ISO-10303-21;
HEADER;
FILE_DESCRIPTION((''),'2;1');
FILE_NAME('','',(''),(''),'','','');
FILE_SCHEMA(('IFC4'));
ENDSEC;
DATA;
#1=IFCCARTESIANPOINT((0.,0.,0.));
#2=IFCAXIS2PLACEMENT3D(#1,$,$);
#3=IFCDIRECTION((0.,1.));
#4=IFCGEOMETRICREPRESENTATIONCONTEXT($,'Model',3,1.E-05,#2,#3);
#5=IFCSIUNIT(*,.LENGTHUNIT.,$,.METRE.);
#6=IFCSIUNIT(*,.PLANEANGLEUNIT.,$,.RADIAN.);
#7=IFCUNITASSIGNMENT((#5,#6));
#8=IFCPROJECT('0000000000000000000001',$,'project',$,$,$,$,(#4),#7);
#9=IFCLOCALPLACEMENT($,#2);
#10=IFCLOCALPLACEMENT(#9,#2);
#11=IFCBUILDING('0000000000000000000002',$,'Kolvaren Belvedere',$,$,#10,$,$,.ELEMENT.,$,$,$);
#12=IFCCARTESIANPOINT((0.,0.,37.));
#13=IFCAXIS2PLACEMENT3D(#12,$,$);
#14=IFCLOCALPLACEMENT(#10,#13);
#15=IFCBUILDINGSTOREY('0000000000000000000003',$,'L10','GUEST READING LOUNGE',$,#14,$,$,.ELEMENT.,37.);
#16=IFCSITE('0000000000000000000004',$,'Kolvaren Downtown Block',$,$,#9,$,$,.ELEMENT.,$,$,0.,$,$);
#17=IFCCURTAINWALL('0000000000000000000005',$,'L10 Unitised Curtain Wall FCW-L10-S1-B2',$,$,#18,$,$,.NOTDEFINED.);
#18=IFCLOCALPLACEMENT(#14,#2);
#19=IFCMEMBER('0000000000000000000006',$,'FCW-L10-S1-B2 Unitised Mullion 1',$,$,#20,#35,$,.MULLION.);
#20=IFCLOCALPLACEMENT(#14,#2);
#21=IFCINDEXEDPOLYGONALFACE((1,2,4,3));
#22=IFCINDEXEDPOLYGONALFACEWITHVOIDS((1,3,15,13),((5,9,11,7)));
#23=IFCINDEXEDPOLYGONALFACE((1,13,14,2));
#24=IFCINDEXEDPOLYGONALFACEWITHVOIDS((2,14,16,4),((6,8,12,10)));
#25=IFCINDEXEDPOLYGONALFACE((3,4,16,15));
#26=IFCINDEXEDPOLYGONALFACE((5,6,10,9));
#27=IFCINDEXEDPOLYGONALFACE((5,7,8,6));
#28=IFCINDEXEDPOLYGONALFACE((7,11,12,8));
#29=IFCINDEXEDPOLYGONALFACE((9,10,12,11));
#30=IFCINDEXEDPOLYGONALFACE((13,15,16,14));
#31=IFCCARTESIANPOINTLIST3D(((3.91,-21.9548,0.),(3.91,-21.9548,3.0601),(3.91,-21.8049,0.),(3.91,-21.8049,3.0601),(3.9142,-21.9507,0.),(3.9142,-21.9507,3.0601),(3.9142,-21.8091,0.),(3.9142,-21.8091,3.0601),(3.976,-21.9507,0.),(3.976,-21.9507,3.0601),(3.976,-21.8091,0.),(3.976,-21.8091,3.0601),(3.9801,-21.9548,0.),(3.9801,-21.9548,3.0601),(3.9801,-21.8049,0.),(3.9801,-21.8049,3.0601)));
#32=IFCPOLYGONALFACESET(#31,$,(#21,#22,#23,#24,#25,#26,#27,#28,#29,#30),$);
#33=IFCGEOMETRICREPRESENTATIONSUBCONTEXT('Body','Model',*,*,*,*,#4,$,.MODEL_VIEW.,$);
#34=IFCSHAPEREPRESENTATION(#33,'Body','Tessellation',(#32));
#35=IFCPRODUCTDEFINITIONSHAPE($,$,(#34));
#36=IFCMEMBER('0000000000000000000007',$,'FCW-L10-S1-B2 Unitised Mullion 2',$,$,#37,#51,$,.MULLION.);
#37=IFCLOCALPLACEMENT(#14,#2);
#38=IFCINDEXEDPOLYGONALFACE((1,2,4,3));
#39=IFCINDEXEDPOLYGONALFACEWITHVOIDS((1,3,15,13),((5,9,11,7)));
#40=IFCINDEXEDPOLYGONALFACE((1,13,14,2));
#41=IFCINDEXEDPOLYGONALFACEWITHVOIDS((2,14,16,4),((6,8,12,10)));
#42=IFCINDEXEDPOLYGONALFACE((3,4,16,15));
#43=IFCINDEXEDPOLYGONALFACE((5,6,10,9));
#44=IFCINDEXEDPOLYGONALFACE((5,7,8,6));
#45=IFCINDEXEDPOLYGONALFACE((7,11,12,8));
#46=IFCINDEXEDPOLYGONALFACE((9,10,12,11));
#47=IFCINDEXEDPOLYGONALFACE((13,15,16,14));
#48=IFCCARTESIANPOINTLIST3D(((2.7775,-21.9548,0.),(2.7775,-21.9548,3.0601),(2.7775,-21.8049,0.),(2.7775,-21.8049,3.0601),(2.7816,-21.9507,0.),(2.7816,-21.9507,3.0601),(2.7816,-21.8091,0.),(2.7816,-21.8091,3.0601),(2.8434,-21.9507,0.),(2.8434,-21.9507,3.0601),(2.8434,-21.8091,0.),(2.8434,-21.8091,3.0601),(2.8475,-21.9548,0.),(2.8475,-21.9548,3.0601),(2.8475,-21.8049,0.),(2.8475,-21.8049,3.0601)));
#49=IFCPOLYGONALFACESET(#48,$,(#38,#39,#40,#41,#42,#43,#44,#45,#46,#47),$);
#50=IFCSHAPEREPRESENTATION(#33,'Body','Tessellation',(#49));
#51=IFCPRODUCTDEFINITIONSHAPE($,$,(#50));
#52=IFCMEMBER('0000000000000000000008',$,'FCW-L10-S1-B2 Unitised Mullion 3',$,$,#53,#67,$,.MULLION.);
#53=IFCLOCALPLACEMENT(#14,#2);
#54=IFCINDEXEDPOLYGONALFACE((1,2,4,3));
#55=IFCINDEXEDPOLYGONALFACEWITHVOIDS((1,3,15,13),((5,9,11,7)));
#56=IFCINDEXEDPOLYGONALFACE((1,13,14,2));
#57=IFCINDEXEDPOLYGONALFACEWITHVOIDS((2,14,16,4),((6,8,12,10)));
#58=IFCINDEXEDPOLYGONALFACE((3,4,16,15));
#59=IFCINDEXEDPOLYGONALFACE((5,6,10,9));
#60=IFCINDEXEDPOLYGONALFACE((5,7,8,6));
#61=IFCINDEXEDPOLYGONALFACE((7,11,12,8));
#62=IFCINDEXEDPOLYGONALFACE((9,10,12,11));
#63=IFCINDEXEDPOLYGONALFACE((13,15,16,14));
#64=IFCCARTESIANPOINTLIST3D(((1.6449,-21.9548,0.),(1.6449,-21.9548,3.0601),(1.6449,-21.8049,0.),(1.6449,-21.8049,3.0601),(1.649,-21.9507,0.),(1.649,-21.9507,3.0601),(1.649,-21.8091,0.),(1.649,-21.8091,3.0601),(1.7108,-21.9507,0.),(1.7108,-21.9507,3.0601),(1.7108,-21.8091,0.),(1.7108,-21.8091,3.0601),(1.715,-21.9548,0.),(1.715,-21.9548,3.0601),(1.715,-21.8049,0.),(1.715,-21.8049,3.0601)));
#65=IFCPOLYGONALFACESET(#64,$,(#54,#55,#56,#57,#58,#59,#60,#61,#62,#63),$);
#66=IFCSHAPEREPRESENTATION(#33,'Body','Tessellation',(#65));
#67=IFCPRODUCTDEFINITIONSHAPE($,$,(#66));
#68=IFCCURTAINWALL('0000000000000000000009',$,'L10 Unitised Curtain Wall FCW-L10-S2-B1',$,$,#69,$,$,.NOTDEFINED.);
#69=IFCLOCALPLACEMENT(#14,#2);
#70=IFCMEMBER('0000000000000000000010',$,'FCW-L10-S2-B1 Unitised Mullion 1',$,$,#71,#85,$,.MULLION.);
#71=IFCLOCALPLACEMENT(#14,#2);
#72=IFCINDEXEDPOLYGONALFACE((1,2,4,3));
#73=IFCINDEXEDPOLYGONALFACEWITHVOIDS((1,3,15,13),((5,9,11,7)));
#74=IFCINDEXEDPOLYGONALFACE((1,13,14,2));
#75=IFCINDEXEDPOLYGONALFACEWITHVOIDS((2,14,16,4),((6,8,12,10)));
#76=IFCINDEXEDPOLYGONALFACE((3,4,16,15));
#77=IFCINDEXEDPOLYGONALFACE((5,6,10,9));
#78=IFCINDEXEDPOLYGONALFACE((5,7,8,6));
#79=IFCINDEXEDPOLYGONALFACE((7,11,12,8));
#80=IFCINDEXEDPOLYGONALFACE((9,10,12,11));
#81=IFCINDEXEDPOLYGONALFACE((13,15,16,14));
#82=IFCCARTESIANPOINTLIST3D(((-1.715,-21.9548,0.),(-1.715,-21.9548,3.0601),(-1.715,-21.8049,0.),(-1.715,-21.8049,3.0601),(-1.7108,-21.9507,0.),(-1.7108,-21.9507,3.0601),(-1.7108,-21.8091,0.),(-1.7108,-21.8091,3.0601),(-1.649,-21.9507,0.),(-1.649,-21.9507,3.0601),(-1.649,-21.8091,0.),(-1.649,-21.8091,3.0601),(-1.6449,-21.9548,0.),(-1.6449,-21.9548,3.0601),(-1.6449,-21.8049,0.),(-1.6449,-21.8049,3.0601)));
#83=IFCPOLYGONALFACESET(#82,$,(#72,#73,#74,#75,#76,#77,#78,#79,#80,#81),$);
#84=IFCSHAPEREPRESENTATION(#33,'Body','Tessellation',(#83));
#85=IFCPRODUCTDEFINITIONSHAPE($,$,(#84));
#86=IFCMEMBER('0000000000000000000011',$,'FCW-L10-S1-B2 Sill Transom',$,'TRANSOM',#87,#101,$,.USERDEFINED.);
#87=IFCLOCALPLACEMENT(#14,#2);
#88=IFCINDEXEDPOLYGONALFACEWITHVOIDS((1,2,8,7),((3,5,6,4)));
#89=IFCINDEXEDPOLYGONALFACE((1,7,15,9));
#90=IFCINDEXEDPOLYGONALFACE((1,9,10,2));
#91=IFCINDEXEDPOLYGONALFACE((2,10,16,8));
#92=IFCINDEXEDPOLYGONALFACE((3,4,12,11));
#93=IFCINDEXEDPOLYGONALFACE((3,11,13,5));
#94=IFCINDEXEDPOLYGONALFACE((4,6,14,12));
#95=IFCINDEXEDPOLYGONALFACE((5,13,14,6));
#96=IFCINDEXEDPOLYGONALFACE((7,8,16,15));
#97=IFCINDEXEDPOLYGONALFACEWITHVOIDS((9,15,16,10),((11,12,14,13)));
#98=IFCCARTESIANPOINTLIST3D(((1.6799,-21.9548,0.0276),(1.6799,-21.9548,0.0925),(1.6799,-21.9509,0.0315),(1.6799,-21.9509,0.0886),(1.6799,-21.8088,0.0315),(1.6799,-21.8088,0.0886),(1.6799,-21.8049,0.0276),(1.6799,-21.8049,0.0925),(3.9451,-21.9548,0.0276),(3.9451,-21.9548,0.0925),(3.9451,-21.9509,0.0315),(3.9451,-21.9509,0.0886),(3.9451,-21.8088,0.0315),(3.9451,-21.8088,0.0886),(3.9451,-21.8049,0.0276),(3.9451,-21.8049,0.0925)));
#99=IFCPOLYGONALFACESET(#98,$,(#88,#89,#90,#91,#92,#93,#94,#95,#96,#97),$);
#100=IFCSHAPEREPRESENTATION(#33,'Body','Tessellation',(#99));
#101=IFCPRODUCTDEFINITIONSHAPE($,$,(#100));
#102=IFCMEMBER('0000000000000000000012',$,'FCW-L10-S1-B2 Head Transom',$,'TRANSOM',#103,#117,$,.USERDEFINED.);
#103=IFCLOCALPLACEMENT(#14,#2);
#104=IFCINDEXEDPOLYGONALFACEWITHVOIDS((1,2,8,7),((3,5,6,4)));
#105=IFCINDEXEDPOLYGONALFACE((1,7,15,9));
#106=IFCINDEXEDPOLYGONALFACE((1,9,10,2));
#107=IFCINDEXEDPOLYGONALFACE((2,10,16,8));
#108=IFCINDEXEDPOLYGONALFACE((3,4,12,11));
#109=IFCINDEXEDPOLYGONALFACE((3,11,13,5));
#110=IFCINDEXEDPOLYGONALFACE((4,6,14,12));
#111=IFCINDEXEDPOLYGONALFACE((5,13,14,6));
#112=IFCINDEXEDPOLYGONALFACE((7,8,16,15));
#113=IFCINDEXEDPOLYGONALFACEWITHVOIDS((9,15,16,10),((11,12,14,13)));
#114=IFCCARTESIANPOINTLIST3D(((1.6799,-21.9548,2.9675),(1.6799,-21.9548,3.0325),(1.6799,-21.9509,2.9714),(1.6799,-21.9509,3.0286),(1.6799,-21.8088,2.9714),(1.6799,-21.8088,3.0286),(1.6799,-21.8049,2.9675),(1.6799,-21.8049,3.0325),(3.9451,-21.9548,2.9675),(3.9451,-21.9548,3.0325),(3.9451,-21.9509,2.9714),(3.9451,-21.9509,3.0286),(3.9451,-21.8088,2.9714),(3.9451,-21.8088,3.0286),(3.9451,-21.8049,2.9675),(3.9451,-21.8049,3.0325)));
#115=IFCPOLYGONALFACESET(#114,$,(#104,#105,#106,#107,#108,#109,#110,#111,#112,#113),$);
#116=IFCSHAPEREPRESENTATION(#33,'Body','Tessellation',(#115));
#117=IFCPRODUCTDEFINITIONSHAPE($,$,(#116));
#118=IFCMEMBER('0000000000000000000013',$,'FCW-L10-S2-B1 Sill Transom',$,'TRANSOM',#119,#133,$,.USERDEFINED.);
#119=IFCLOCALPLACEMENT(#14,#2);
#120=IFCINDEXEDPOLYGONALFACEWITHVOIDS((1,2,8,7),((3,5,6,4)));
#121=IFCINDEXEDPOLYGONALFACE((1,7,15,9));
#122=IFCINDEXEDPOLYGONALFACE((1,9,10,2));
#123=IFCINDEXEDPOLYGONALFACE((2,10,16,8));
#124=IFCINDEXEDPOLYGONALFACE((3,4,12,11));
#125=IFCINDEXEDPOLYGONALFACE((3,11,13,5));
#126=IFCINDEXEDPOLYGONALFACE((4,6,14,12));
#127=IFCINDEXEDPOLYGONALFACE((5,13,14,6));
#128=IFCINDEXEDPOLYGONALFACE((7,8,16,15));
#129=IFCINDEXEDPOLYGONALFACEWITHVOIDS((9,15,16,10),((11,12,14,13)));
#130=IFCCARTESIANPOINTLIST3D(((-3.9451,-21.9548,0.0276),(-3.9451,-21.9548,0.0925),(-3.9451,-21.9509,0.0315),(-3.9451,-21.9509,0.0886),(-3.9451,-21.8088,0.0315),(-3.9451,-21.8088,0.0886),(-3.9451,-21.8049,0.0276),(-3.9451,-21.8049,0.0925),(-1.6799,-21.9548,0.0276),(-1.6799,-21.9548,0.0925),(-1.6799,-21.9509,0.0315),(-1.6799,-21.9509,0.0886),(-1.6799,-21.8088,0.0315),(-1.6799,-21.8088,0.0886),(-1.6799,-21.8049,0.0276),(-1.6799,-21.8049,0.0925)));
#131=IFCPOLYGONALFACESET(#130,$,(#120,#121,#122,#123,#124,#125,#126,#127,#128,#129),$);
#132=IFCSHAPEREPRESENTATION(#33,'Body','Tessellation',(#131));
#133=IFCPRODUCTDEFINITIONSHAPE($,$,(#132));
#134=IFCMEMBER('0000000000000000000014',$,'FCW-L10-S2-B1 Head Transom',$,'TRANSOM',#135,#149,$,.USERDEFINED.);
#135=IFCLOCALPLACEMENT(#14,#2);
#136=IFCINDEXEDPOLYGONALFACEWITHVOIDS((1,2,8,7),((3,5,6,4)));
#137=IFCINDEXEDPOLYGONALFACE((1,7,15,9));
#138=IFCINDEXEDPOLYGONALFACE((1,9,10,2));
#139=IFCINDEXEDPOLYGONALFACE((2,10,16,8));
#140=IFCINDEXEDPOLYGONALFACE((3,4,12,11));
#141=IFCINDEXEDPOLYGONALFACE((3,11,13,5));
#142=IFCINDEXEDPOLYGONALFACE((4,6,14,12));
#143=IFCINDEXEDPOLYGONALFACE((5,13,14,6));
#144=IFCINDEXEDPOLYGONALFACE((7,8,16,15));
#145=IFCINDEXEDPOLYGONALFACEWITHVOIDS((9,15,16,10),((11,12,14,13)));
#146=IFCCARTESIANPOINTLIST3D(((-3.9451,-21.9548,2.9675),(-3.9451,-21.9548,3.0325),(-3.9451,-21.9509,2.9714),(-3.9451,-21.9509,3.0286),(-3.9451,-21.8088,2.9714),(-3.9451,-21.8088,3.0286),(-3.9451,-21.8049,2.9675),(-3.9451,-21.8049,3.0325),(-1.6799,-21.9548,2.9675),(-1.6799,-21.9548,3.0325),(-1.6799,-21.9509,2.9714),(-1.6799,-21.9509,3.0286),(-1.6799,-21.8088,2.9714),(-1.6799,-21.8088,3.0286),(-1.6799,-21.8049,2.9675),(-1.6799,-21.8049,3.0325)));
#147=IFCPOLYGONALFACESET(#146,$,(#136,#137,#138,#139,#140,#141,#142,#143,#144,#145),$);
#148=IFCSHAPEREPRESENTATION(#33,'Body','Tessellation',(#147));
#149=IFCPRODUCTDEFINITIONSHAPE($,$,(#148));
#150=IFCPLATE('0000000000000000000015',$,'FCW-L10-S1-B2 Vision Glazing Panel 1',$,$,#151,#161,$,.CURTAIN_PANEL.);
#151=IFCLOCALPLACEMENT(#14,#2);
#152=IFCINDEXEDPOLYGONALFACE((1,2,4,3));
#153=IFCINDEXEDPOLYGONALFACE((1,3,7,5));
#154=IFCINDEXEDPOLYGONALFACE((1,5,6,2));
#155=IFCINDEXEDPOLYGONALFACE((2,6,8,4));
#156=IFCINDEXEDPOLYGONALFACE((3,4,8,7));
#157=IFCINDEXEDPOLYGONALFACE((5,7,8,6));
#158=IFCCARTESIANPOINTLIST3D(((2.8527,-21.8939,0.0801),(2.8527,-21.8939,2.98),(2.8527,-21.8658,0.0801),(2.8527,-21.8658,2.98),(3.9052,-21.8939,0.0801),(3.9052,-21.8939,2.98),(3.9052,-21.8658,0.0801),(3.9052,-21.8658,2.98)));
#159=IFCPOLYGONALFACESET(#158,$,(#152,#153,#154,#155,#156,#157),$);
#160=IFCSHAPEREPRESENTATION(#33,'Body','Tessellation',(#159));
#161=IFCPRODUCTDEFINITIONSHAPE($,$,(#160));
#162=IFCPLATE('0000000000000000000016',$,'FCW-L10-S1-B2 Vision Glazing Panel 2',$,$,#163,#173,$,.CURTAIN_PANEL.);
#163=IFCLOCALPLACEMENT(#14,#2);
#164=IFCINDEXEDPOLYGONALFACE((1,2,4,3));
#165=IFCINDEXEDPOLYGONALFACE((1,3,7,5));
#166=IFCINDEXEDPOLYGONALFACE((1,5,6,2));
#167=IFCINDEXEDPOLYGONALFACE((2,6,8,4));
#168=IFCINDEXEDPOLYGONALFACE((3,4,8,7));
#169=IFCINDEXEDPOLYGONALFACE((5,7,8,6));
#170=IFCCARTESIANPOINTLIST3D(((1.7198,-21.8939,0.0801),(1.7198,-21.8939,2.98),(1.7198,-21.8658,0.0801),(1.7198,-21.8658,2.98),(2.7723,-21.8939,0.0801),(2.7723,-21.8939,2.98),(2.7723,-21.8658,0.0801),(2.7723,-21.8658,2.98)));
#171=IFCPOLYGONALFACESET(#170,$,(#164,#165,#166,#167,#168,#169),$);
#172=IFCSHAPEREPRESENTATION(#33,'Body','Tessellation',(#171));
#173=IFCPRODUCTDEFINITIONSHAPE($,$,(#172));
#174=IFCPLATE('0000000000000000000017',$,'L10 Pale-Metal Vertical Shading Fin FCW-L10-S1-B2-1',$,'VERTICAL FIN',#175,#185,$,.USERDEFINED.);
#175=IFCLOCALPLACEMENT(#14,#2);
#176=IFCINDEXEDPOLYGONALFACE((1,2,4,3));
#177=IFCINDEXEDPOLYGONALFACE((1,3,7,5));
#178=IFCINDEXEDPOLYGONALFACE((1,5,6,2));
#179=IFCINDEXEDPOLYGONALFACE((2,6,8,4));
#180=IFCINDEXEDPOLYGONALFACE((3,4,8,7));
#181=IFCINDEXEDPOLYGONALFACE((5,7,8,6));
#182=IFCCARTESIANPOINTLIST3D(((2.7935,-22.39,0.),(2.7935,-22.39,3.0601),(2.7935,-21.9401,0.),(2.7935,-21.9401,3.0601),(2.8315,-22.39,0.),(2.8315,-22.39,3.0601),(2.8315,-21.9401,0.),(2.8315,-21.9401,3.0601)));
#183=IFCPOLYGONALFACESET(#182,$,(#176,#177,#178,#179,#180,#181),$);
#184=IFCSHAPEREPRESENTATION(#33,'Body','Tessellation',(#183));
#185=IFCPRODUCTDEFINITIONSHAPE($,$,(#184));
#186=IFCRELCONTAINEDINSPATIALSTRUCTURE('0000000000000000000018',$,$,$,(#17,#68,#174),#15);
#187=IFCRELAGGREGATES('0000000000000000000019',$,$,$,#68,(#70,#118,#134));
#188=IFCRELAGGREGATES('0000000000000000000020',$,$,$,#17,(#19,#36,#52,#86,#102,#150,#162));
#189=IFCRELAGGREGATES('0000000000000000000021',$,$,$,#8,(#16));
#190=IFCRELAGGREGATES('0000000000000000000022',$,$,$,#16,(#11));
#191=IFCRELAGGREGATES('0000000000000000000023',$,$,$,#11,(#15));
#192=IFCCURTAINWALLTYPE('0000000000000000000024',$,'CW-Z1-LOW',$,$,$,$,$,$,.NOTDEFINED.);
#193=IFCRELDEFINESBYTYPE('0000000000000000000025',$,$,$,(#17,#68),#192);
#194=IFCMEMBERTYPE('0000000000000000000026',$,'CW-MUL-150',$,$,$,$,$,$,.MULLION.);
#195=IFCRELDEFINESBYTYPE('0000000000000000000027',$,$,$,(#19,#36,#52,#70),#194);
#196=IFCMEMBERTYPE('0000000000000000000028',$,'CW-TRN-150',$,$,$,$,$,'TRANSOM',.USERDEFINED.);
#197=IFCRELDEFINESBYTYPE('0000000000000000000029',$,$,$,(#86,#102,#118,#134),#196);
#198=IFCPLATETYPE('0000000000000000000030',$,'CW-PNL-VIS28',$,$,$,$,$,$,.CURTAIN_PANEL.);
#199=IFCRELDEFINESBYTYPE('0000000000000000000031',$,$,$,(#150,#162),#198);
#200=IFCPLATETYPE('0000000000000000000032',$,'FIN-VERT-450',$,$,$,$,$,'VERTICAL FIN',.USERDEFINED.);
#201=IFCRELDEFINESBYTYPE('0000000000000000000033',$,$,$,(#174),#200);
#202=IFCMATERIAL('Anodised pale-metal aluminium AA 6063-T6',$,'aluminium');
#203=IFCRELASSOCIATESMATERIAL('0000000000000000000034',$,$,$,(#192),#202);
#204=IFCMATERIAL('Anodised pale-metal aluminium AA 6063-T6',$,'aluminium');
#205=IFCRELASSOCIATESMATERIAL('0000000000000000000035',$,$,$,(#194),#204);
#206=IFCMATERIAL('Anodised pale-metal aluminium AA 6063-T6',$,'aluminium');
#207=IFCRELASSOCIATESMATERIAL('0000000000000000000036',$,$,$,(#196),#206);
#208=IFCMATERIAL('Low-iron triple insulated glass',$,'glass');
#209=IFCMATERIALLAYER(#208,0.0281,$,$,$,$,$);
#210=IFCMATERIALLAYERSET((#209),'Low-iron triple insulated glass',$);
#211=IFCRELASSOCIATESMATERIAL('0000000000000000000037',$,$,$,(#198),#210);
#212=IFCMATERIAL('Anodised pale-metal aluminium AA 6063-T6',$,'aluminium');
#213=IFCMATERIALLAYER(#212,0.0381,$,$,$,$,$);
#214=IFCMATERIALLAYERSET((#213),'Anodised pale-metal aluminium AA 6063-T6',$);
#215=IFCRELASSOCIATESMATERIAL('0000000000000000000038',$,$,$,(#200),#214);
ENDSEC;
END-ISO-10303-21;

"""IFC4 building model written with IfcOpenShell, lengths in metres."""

from ifc_helpers import new_model, si_unit, direction, frame, origin, origin_2d, place, context, subcontext, project, spatial, rectangle, hollow_rectangle, extrude, material, layer, layer_set, material_profile, profile_set, type_object, element, aggregate, save


model = new_model("IFC4")

# Units and contexts
model_context = context("Model", 3, precision=1e-05, world=origin(), true_north=direction((0.0, 1.0)))
body_context = subcontext(model_context, "Body", "Model", "MODEL_VIEW")
ifc_project = project(units=[si_unit("LENGTHUNIT", "METRE"), si_unit("PLANEANGLEUNIT", "RADIAN")], contexts=[model_context])

# Site, building, storey
site_placement = place(None, origin())
site = spatial("IfcSite", under=ifc_project, at=site_placement, Name="Kolvaren Downtown Block", CompositionType="ELEMENT", RefElevation=0.0)
building_placement = place(site_placement, origin())
building = spatial("IfcBuilding", under=site, at=building_placement, Name="Kolvaren Belvedere", CompositionType="ELEMENT")
storey_placement = place(building_placement, frame((0.0, 0.0, 37.0)))
storey = spatial("IfcBuildingStorey", under=building, at=storey_placement, Name="L10", Description="GUEST READING LOUNGE", CompositionType="ELEMENT", Elevation=37.0)

# Curtain wall, members
ifc_material_1 = material(Name="Anodised pale-metal aluminium AA 6063-T6", Category="aluminium")
curtain_wall_type = type_object("IfcCurtainWallType", Name="CW-Z1-LOW", PredefinedType="NOTDEFINED", material=ifc_material_1)
curtain_wall_1_placement = place(storey_placement, origin())
curtain_wall_1 = element("IfcCurtainWall", 1, at=curtain_wall_1_placement, inside=storey, type_object=curtain_wall_type, Name="L10 Unitised Curtain Wall FCW-L10-S1-B2", PredefinedType="NOTDEFINED")
ifc_material_2 = material(Name="Anodised pale-metal aluminium AA 6063-T6", Category="aluminium")
ifc_material_profile_1 = material_profile(ifc_material_2, hollow_rectangle(XDim=0.0701, YDim=0.1499, WallThickness=0.0042, at=origin_2d()), Name="ALU-MUL-150X70")
ifc_profile_set_1 = profile_set([ifc_material_profile_1], Name="Anodised pale-metal aluminium AA 6063-T6")
member_type_1 = type_object("IfcMemberType", Name="CW-MUL-150", PredefinedType="MULLION", material=ifc_profile_set_1)
member_1_placement = place(storey_placement, frame((3.9451, -21.8799, 0.0), z_axis=(0.0, 0.0, 1.0), x_axis=(1.0, 0.0, 0.0)))
member_1 = element("IfcMember", 2, at=member_1_placement, type_object=member_type_1, Name="FCW-L10-S1-B2 Unitised Mullion 1", PredefinedType="MULLION", context=body_context, shape_type="SweptSolid", body=[
    extrude(hollow_rectangle(XDim=0.0701, YDim=0.1499, WallThickness=0.0042, at=origin_2d()), origin(), (0.0, 0.0, 1.0), 3.0601),
])
member_2_placement = place(storey_placement, frame((2.8125, -21.8799, 0.0), z_axis=(0.0, 0.0, 1.0), x_axis=(1.0, 0.0, 0.0)))
member_2 = element("IfcMember", 3, at=member_2_placement, type_object=member_type_1, Name="FCW-L10-S1-B2 Unitised Mullion 2", PredefinedType="MULLION", context=body_context, shape_type="SweptSolid", body=[
    extrude(hollow_rectangle(XDim=0.0701, YDim=0.1499, WallThickness=0.0042, at=origin_2d()), origin(), (0.0, 0.0, 1.0), 3.0601),
])
member_3_placement = place(storey_placement, frame((1.6799, -21.8799, 0.0), z_axis=(0.0, 0.0, 1.0), x_axis=(1.0, 0.0, 0.0)))
member_3 = element("IfcMember", 4, at=member_3_placement, type_object=member_type_1, Name="FCW-L10-S1-B2 Unitised Mullion 3", PredefinedType="MULLION", context=body_context, shape_type="SweptSolid", body=[
    extrude(hollow_rectangle(XDim=0.0701, YDim=0.1499, WallThickness=0.0042, at=origin_2d()), origin(), (0.0, 0.0, 1.0), 3.0601),
])

# Curtain wall, member
curtain_wall_2_placement = place(storey_placement, origin())
curtain_wall_2 = element("IfcCurtainWall", 5, at=curtain_wall_2_placement, inside=storey, type_object=curtain_wall_type, Name="L10 Unitised Curtain Wall FCW-L10-S2-B1", PredefinedType="NOTDEFINED")
member_4_placement = place(storey_placement, frame((-1.6799, -21.8799, 0.0), z_axis=(0.0, 0.0, 1.0), x_axis=(1.0, 0.0, 0.0)))
member_4 = element("IfcMember", 6, at=member_4_placement, type_object=member_type_1, Name="FCW-L10-S2-B1 Unitised Mullion 1", PredefinedType="MULLION", context=body_context, shape_type="SweptSolid", body=[
    extrude(hollow_rectangle(XDim=0.0701, YDim=0.1499, WallThickness=0.0042, at=origin_2d()), origin(), (0.0, 0.0, 1.0), 3.0601),
])

# Members
ifc_material_3 = material(Name="Anodised pale-metal aluminium AA 6063-T6", Category="aluminium")
ifc_material_profile_2 = material_profile(ifc_material_3, hollow_rectangle(XDim=0.0649, YDim=0.1499, WallThickness=0.0039, at=origin_2d()), Name="ALU-TRN-150X65")
ifc_profile_set_2 = profile_set([ifc_material_profile_2], Name="Anodised pale-metal aluminium AA 6063-T6")
member_type_2 = type_object("IfcMemberType", Name="CW-TRN-150", ElementType="TRANSOM", PredefinedType="USERDEFINED", material=ifc_profile_set_2)
member_5_placement = place(storey_placement, frame((3.9451, -21.8799, 0.0601), z_axis=(-1.0, 0.0, 0.0), x_axis=(0.0, 0.0, 1.0)))
member_5 = element("IfcMember", 7, at=member_5_placement, type_object=member_type_2, Name="FCW-L10-S1-B2 Sill Transom", ObjectType="TRANSOM", PredefinedType="USERDEFINED", context=body_context, shape_type="SweptSolid", body=[
    extrude(hollow_rectangle(XDim=0.0649, YDim=0.1499, WallThickness=0.0039, at=origin_2d()), origin(), (0.0, 0.0, 1.0), 2.2651),
])
member_6_placement = place(storey_placement, frame((3.9451, -21.8799, 3.0), z_axis=(-1.0, 0.0, 0.0), x_axis=(0.0, 0.0, 1.0)))
member_6 = element("IfcMember", 8, at=member_6_placement, type_object=member_type_2, Name="FCW-L10-S1-B2 Head Transom", ObjectType="TRANSOM", PredefinedType="USERDEFINED", context=body_context, shape_type="SweptSolid", body=[
    extrude(hollow_rectangle(XDim=0.0649, YDim=0.1499, WallThickness=0.0039, at=origin_2d()), origin(), (0.0, 0.0, 1.0), 2.2651),
])
member_7_placement = place(storey_placement, frame((-1.6799, -21.8799, 0.0601), z_axis=(-1.0, 0.0, 0.0), x_axis=(0.0, 0.0, 1.0)))
member_7 = element("IfcMember", 9, at=member_7_placement, type_object=member_type_2, Name="FCW-L10-S2-B1 Sill Transom", ObjectType="TRANSOM", PredefinedType="USERDEFINED", context=body_context, shape_type="SweptSolid", body=[
    extrude(hollow_rectangle(XDim=0.0649, YDim=0.1499, WallThickness=0.0039, at=origin_2d()), origin(), (0.0, 0.0, 1.0), 2.2651),
])
member_8_placement = place(storey_placement, frame((-1.6799, -21.8799, 3.0), z_axis=(-1.0, 0.0, 0.0), x_axis=(0.0, 0.0, 1.0)))
member_8 = element("IfcMember", 10, at=member_8_placement, type_object=member_type_2, Name="FCW-L10-S2-B1 Head Transom", ObjectType="TRANSOM", PredefinedType="USERDEFINED", context=body_context, shape_type="SweptSolid", body=[
    extrude(hollow_rectangle(XDim=0.0649, YDim=0.1499, WallThickness=0.0039, at=origin_2d()), origin(), (0.0, 0.0, 1.0), 2.2651),
])
aggregate(curtain_wall_2, [member_4, member_7, member_8])

# Plates
ifc_material_4 = material(Name="Low-iron triple insulated glass", Category="glass")
ifc_layer_1 = layer(ifc_material_4, 0.0281)
ifc_layer_set_1 = layer_set([ifc_layer_1], Name="Low-iron triple insulated glass")
plate_type_1 = type_object("IfcPlateType", Name="CW-PNL-VIS28", PredefinedType="CURTAIN_PANEL", material=ifc_layer_set_1)
plate_1_placement = place(storey_placement, frame((3.3789, -21.8799, 0.0801), z_axis=(0.0, 0.0, 1.0), x_axis=(-1.0, 0.0, 0.0)))
plate_1 = element("IfcPlate", 11, at=plate_1_placement, type_object=plate_type_1, Name="FCW-L10-S1-B2 Vision Glazing Panel 1", PredefinedType="CURTAIN_PANEL", context=body_context, shape_type="SweptSolid", body=[
    extrude(rectangle(XDim=1.0525, YDim=0.0281, at=origin_2d()), origin(), (0.0, 0.0, 1.0), 2.8999),
])
plate_2_placement = place(storey_placement, frame((2.2461, -21.8799, 0.0801), z_axis=(0.0, 0.0, 1.0), x_axis=(-1.0, 0.0, 0.0)))
plate_2 = element("IfcPlate", 12, at=plate_2_placement, type_object=plate_type_1, Name="FCW-L10-S1-B2 Vision Glazing Panel 2", PredefinedType="CURTAIN_PANEL", context=body_context, shape_type="SweptSolid", body=[
    extrude(rectangle(XDim=1.0525, YDim=0.0281, at=origin_2d()), origin(), (0.0, 0.0, 1.0), 2.8999),
])
aggregate(curtain_wall_1, [member_1, member_2, member_3, member_5, member_6, plate_1, plate_2])
ifc_material_5 = material(Name="Anodised pale-metal aluminium AA 6063-T6", Category="aluminium")
ifc_layer_2 = layer(ifc_material_5, 0.0381)
ifc_layer_set_2 = layer_set([ifc_layer_2], Name="Anodised pale-metal aluminium AA 6063-T6")
plate_type_2 = type_object("IfcPlateType", Name="FIN-VERT-450", ElementType="VERTICAL FIN", PredefinedType="USERDEFINED", material=ifc_layer_set_2)
plate_3_placement = place(storey_placement, frame((2.8125, -22.165, 0.0), z_axis=(0.0, 0.0, 1.0), x_axis=(0.0, 1.0, 0.0)))
element("IfcPlate", 13, at=plate_3_placement, inside=storey, type_object=plate_type_2, Name="L10 Pale-Metal Vertical Shading Fin FCW-L10-S1-B2-1", ObjectType="VERTICAL FIN", PredefinedType="USERDEFINED", context=body_context, shape_type="SweptSolid", body=[
    extrude(rectangle(XDim=0.45, YDim=0.0381, at=origin_2d()), origin(), (0.0, 0.0, 1.0), 3.0601),
])

save(model, "model.ifc")
